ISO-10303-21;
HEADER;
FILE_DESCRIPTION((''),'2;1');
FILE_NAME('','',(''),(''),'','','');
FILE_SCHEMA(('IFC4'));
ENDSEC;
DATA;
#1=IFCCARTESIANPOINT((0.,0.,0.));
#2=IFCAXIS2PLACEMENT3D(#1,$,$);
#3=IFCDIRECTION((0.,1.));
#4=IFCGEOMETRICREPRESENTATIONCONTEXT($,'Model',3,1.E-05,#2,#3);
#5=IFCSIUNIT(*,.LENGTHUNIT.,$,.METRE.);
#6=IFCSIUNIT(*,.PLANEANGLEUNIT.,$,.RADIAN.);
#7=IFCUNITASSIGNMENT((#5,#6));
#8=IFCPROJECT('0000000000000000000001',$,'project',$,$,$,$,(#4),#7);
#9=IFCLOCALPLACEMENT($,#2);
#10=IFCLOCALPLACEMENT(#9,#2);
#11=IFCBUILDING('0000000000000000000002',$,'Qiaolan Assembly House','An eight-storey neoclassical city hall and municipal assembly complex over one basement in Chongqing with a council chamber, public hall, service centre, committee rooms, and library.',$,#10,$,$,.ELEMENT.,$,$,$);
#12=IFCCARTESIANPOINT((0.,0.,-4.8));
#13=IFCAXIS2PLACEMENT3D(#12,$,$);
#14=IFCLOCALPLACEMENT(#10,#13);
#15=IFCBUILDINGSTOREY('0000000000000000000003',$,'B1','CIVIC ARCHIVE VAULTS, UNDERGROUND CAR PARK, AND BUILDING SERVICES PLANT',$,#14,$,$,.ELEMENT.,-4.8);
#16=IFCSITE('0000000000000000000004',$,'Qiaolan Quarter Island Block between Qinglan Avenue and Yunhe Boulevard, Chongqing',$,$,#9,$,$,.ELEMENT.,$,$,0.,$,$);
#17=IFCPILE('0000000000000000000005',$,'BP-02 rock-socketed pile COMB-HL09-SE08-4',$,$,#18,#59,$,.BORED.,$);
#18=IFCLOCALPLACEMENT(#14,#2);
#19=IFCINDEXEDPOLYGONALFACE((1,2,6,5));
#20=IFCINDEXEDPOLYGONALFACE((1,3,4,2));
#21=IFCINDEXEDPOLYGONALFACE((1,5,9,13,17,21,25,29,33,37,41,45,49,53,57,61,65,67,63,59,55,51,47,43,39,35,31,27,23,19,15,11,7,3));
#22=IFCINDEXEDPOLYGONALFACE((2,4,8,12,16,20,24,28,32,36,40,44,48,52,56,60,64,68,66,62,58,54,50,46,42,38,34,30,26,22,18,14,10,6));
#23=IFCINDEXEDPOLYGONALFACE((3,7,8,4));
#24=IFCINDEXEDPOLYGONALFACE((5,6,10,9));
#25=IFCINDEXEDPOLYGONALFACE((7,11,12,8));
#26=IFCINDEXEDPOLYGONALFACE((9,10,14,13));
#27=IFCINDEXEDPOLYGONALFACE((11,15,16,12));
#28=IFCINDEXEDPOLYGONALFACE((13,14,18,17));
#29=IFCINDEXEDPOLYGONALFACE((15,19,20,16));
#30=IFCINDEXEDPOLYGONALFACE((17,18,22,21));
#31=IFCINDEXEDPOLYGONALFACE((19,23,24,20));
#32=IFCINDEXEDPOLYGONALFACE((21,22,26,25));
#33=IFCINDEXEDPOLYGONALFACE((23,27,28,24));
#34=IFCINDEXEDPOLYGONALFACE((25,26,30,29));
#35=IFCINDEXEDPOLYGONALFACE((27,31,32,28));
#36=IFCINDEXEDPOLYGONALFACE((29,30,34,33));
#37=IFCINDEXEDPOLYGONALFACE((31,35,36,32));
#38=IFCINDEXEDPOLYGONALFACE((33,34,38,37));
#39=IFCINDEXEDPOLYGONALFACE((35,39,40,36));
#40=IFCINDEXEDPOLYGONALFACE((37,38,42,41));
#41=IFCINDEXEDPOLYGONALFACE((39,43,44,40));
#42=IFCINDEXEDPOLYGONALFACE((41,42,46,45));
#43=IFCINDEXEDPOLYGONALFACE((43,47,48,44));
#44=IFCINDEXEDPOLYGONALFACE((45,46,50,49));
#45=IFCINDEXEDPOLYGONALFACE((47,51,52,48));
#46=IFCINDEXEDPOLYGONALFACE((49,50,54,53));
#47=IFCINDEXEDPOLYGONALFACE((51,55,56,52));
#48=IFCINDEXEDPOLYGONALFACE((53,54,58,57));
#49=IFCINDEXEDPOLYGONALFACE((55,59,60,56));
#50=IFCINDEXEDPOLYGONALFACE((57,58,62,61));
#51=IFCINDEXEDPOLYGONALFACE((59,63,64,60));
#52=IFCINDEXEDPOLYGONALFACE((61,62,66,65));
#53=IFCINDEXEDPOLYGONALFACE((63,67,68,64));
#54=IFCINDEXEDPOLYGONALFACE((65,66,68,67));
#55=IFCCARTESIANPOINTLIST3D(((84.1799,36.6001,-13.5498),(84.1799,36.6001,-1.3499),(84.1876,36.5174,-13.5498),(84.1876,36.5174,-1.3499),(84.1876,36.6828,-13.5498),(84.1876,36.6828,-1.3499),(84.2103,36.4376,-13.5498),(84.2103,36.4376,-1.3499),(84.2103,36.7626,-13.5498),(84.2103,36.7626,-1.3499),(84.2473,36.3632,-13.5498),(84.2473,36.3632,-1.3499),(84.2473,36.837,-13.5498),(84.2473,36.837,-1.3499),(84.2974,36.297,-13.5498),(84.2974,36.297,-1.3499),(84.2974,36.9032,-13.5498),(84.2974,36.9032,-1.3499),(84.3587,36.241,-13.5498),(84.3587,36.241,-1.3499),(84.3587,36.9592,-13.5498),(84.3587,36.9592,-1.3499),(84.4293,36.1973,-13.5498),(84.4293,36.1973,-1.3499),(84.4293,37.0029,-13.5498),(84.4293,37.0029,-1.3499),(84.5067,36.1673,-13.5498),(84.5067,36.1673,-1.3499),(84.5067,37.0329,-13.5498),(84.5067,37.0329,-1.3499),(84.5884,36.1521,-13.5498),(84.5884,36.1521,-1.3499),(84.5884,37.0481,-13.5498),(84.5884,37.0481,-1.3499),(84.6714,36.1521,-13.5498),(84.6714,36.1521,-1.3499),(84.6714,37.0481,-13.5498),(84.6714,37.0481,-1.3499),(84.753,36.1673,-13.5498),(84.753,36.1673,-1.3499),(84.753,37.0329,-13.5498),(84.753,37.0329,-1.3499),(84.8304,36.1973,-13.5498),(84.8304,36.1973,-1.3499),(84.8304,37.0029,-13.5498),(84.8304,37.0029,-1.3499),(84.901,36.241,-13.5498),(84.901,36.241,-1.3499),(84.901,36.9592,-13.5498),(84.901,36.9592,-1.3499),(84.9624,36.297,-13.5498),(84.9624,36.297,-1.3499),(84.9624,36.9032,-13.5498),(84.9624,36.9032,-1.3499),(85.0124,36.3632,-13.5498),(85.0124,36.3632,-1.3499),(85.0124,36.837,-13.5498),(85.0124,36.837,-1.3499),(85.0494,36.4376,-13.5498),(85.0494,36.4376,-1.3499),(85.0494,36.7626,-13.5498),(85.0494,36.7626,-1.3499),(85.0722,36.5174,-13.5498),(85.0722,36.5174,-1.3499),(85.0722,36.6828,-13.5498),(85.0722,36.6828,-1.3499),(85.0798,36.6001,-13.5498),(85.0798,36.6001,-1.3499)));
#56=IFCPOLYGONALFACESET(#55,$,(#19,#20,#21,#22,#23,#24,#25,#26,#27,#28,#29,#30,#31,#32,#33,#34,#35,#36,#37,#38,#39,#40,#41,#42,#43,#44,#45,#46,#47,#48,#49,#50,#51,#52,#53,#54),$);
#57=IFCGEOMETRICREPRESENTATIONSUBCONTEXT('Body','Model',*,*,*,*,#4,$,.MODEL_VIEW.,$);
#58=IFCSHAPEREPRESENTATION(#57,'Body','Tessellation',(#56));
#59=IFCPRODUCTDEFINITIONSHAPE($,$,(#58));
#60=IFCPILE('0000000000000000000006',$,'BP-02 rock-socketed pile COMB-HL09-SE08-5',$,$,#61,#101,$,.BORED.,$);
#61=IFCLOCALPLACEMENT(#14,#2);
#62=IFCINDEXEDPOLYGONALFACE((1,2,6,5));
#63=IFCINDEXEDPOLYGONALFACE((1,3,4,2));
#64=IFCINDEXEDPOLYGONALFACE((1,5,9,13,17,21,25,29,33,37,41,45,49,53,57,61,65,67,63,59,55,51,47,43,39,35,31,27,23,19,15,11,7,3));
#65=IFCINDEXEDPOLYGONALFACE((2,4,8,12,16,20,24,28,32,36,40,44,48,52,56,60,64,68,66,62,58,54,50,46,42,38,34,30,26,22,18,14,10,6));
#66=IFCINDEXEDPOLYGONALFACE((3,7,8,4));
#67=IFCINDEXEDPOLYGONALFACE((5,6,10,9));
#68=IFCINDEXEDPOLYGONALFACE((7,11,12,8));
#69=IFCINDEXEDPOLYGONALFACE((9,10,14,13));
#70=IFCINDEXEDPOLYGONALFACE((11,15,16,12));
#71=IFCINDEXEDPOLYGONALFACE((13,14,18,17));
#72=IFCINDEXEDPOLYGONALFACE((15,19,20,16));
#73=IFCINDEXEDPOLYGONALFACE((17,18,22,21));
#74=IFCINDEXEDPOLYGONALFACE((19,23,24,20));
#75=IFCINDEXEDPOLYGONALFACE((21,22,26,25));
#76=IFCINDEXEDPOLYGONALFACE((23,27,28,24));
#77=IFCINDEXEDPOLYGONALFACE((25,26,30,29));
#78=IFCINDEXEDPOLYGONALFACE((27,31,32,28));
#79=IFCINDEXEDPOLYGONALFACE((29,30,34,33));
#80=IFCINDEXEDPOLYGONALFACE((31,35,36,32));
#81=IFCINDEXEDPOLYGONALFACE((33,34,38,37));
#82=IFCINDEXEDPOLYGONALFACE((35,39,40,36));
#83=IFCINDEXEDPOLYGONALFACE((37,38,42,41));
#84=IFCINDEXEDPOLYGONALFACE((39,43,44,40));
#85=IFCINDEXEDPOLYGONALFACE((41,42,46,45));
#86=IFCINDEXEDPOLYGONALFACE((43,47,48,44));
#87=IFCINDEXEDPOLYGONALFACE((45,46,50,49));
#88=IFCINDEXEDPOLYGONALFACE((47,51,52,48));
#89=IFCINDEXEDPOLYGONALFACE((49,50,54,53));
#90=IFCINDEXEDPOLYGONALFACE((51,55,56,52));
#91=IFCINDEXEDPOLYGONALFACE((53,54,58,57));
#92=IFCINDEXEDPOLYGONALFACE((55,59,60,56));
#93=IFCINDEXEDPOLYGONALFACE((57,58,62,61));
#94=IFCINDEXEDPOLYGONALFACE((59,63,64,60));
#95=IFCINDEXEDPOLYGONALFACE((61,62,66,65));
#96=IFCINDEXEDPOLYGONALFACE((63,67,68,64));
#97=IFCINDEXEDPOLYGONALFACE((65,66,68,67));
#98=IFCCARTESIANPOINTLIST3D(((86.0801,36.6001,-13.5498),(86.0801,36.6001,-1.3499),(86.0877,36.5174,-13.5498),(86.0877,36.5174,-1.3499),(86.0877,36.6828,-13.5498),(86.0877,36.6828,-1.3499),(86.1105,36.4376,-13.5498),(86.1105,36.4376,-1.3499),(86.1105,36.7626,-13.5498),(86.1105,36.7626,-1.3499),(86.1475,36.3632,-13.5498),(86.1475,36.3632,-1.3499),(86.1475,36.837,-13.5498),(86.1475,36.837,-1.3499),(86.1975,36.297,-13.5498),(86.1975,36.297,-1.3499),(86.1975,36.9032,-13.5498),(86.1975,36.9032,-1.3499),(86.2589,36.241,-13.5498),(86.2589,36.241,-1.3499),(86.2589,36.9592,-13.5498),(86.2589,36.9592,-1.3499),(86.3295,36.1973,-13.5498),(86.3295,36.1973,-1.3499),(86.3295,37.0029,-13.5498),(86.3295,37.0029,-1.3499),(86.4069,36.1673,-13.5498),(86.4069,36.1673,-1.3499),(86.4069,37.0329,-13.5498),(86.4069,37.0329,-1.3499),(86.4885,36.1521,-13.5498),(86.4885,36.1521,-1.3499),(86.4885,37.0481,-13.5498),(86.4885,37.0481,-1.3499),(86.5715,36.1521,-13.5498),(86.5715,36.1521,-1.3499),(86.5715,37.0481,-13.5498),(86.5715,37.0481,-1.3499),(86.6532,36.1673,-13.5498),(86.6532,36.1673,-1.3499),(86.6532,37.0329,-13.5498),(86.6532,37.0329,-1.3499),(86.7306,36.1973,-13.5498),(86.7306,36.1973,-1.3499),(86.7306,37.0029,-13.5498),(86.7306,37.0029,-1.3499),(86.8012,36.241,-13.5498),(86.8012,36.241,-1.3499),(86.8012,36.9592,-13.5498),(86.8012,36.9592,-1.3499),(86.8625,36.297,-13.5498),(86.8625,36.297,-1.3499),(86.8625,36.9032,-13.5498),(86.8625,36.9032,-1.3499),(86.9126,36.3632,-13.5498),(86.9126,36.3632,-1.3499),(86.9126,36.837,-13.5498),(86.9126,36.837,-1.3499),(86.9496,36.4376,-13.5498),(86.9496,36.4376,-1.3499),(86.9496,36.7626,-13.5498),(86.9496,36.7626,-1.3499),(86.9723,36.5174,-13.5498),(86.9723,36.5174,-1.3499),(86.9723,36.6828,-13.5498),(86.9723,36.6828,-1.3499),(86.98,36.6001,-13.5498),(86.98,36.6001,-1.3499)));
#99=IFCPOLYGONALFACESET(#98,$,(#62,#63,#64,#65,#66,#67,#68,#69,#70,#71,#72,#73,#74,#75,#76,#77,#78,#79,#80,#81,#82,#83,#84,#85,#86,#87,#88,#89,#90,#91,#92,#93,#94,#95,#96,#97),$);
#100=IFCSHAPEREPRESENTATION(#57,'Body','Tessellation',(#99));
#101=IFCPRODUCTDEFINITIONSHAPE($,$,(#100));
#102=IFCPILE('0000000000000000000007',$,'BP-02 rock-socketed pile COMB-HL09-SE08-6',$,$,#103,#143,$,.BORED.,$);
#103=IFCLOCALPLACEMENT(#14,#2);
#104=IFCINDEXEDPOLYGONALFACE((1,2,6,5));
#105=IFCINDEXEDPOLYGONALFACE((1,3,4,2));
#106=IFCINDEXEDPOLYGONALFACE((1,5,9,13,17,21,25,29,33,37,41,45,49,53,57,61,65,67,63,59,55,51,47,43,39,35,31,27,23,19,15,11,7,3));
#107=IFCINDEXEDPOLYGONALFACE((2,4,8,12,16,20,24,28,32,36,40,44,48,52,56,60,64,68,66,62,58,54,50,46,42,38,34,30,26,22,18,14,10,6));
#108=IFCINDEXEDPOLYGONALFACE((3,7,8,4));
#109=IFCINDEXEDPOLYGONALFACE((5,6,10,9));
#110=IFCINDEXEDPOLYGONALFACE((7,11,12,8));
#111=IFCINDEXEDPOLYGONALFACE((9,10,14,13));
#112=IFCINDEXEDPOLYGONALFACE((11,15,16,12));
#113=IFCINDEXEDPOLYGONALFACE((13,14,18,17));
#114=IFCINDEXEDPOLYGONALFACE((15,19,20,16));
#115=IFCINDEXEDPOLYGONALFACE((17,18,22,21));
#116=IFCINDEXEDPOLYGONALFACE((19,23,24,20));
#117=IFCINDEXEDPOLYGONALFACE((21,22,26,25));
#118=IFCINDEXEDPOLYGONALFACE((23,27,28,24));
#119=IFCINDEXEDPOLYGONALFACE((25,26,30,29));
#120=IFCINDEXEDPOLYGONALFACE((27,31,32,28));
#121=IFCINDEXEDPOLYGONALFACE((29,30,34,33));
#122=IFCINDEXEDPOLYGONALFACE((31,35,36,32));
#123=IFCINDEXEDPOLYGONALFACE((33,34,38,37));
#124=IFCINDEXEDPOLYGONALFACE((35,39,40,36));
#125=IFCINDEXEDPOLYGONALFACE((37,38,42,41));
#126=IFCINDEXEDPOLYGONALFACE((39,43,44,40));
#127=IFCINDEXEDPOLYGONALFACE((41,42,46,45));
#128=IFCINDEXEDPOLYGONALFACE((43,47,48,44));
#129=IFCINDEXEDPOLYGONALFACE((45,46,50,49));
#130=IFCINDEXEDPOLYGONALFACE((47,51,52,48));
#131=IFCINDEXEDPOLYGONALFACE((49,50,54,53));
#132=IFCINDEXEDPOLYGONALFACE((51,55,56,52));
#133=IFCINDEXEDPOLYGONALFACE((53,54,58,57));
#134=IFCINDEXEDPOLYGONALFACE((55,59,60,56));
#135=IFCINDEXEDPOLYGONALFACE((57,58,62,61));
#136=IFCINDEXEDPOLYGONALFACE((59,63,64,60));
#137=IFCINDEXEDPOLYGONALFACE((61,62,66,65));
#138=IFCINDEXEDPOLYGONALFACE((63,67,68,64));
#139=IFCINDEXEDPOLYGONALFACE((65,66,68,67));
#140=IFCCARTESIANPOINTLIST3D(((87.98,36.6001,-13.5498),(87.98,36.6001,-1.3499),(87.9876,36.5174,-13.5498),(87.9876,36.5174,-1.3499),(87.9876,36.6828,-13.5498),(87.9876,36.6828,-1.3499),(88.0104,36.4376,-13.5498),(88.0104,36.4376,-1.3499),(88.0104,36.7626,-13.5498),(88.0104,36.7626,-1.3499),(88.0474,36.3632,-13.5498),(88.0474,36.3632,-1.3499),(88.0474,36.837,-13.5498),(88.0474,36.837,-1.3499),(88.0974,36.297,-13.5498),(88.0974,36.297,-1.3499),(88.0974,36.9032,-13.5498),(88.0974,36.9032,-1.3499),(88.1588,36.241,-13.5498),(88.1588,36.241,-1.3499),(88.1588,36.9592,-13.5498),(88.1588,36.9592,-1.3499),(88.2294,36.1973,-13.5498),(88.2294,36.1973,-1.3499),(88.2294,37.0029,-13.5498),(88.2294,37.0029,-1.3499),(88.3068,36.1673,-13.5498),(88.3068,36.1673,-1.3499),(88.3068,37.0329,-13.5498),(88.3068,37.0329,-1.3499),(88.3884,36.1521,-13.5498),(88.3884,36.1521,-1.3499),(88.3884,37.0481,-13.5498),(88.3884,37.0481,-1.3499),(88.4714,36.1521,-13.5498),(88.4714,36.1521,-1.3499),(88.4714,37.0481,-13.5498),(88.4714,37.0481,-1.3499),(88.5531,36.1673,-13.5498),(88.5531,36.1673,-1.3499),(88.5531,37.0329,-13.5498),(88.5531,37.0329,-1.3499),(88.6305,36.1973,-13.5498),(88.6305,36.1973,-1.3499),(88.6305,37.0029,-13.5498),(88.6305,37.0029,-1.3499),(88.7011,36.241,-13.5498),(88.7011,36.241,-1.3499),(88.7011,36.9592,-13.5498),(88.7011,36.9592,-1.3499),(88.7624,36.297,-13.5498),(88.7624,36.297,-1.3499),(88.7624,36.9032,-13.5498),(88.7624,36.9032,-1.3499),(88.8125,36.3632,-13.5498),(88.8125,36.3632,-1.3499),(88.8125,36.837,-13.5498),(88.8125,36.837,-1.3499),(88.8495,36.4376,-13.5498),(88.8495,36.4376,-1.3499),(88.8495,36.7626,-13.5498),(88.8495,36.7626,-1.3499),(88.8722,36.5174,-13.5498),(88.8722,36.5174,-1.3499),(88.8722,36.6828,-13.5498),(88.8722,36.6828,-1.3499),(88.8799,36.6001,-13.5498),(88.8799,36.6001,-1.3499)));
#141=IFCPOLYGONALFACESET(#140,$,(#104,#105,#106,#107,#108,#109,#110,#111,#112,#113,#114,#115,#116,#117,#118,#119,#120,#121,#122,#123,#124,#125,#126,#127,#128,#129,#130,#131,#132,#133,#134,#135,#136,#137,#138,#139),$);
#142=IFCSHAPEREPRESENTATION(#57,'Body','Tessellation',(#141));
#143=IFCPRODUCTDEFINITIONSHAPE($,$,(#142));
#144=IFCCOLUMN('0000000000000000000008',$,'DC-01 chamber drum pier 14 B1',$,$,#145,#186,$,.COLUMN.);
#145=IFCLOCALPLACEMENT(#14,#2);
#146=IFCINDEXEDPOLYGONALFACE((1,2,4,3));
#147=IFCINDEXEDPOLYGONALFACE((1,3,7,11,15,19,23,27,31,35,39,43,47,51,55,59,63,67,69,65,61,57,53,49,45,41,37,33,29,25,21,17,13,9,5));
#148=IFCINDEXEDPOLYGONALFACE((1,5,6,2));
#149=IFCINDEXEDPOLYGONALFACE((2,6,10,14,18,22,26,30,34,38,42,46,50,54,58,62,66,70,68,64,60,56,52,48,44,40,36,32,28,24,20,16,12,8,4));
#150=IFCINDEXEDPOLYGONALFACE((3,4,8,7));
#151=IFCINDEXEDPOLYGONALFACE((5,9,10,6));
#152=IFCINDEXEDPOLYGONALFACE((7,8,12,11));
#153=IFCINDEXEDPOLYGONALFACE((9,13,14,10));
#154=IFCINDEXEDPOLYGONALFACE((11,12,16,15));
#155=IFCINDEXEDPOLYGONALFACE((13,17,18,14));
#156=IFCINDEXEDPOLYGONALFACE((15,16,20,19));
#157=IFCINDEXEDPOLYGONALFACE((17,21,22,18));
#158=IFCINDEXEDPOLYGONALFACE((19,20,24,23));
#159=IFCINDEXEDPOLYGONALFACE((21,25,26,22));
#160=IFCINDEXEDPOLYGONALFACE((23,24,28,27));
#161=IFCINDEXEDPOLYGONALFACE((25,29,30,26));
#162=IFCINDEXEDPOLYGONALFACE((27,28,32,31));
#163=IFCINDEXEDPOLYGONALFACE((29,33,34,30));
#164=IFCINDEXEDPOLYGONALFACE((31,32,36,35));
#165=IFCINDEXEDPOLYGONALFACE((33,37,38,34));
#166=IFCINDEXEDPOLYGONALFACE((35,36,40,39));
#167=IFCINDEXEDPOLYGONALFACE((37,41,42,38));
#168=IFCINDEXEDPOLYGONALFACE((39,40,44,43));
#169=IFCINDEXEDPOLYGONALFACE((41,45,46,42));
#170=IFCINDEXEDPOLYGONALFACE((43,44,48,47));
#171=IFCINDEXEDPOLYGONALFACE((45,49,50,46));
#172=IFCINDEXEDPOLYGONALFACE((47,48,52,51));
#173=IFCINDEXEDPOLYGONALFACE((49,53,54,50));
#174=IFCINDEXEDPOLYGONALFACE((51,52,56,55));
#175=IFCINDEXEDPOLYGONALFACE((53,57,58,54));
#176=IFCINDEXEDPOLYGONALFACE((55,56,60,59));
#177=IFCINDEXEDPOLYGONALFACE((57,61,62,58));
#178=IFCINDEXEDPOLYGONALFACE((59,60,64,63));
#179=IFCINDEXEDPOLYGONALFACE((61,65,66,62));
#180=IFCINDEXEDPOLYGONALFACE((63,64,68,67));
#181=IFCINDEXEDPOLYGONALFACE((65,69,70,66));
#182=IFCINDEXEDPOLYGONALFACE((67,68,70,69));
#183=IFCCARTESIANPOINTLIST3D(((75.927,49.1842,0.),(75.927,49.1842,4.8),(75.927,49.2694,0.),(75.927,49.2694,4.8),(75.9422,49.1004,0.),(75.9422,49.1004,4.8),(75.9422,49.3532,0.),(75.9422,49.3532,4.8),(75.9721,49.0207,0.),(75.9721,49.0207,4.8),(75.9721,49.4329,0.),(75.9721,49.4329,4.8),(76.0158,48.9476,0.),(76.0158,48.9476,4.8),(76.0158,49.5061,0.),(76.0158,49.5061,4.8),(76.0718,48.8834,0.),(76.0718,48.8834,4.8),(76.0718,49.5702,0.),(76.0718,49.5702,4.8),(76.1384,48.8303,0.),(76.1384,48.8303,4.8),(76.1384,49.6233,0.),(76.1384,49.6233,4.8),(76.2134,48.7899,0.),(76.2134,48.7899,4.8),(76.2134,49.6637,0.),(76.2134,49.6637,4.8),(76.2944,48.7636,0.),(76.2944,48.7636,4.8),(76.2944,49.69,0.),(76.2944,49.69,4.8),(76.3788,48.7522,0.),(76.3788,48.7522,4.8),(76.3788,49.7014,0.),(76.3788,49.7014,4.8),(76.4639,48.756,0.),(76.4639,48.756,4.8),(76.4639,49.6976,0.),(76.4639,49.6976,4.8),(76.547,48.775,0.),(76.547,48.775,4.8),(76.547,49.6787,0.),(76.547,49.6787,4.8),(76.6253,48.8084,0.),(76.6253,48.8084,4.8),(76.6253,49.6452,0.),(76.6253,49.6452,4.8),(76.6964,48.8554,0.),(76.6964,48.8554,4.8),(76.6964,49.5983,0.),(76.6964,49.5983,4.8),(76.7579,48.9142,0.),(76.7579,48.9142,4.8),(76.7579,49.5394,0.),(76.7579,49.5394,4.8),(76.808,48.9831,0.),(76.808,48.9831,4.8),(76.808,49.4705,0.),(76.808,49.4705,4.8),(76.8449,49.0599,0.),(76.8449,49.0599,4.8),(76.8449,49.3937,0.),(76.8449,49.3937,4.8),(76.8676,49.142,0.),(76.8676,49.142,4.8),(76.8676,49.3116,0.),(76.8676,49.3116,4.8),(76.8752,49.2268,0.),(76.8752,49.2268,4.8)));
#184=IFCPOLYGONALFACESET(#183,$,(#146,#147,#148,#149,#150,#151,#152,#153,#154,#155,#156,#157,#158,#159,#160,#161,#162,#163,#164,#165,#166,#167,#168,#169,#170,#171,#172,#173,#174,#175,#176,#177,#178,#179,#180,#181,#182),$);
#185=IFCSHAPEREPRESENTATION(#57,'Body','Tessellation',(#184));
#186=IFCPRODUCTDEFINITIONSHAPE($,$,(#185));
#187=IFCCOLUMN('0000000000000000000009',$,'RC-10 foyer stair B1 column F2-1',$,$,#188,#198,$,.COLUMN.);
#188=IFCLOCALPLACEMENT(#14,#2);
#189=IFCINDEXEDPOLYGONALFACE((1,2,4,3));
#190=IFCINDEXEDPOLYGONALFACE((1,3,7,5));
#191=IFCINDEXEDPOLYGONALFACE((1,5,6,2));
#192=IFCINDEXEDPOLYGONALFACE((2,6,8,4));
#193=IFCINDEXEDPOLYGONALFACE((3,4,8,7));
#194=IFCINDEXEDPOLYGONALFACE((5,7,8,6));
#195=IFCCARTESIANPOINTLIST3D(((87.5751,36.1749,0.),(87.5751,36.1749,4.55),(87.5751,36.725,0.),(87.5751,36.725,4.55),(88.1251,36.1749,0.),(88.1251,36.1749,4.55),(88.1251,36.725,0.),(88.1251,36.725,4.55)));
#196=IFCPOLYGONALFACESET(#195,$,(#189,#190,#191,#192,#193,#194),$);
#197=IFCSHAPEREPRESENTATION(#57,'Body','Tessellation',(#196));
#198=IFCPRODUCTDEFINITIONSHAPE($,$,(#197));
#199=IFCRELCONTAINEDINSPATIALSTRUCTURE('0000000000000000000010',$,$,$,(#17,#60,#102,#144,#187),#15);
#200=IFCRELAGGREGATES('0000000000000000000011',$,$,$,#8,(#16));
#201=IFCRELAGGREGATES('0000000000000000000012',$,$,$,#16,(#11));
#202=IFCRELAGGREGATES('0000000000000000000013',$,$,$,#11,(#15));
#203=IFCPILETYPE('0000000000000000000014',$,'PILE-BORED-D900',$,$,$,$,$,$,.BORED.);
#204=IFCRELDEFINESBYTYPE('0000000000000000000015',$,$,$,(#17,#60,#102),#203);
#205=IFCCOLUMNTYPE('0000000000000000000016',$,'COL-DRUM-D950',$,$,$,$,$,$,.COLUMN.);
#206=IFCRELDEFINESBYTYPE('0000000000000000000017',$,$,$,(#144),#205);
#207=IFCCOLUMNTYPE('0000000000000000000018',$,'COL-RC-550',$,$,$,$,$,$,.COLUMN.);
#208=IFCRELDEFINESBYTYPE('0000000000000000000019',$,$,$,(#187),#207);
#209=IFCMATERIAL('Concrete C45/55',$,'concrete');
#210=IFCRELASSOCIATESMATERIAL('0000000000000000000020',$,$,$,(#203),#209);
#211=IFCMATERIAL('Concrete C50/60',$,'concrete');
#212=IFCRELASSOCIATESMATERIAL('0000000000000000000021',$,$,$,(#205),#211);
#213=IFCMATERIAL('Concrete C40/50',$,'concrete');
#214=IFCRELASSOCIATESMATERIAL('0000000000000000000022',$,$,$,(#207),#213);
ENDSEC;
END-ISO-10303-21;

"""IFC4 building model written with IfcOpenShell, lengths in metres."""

from ifc_helpers import new_model, si_unit, direction, frame, origin, origin_2d, place, context, subcontext, project, spatial, rectangle, circle, extrude, material, material_profile, profile_set, type_object, element, save


model = new_model("IFC4")

# Units and contexts
model_context = context("Model", 3, precision=1e-05, world=origin(), true_north=direction((0.0, 1.0)))
body_context = subcontext(model_context, "Body", "Model", "MODEL_VIEW")
ifc_project = project(units=[si_unit("LENGTHUNIT", "METRE"), si_unit("PLANEANGLEUNIT", "RADIAN")], contexts=[model_context])

# Site, building, storey
site_placement = place(None, origin())
site = spatial("IfcSite", under=ifc_project, at=site_placement, Name="Qiaolan Quarter Island Block between Qinglan Avenue and Yunhe Boulevard, Chongqing", CompositionType="ELEMENT", RefElevation=0.0)
building_placement = place(site_placement, origin())
building = spatial("IfcBuilding", under=site, at=building_placement, Name="Qiaolan Assembly House", Description="An eight-storey neoclassical city hall and municipal assembly complex over one basement in Chongqing with a council chamber, public hall, service centre, committee rooms, and library.", CompositionType="ELEMENT")
storey_placement = place(building_placement, frame((0.0, 0.0, -4.8)))
storey = spatial("IfcBuildingStorey", under=building, at=storey_placement, Name="B1", Description="CIVIC ARCHIVE VAULTS, UNDERGROUND CAR PARK, AND BUILDING SERVICES PLANT", CompositionType="ELEMENT", Elevation=-4.8)

# Shared definitions
ifc_material_1 = material(Name="Concrete C40/50", Category="concrete")

# Piles
ifc_material_2 = material(Name="Concrete C45/55", Category="concrete")
ifc_material_profile_1 = material_profile(ifc_material_2, circle(Radius=0.45, at=origin_2d()), Name="PILE D900")
ifc_profile_set_1 = profile_set([ifc_material_profile_1], Name="Concrete C45/55")
pile_type_1 = type_object("IfcPileType", Name="PILE-BORED-D900", PredefinedType="BORED", material=ifc_profile_set_1)
for number, where, z_axis, x_axis, name in (
    (1, (84.6299, 36.6001, -1.3499), (0.0, 0.0, -1.0), (1.0, 0.0, 0.0), "BP-02 rock-socketed pile COMB-HL09-SE08-4"),
    (2, (86.53, 36.6001, -1.3499), (0.0, 0.0, -1.0), (1.0, 0.0, 0.0), "BP-02 rock-socketed pile COMB-HL09-SE08-5"),
    (3, (88.4299, 36.6001, -1.3499), (0.0, 0.0, -1.0), (1.0, 0.0, 0.0), "BP-02 rock-socketed pile COMB-HL09-SE08-6"),
):
    element("IfcPile", number, at=place(storey_placement, frame(where, z_axis=z_axis, x_axis=x_axis)), inside=storey, type_object=pile_type_1, Name=name, PredefinedType="BORED", context=body_context, shape_type="SweptSolid", body=[
        extrude(circle(Radius=0.45, at=origin_2d()), origin(), (0.0, 0.0, 1.0), 12.2),
    ])

# Columns
ifc_material_3 = material(Name="Concrete C50/60", Category="concrete")
ifc_material_profile_2 = material_profile(ifc_material_3, circle(Radius=0.4751, at=origin_2d()), Name="CIRC D950")
ifc_profile_set_2 = profile_set([ifc_material_profile_2], Name="Concrete C50/60")
column_type_1 = type_object("IfcColumnType", Name="COL-DRUM-D950", PredefinedType="COLUMN", material=ifc_profile_set_2)
column_placement = place(storey_placement, frame((76.4001, 49.2268, 0.0), z_axis=(0.0, 0.0, 1.0), x_axis=(1.0, 0.0, 0.0)))
element("IfcColumn", 4, at=column_placement, inside=storey, type_object=column_type_1, Name="DC-01 chamber drum pier 14 B1", PredefinedType="COLUMN", context=body_context, shape_type="SweptSolid", body=[
    extrude(circle(Radius=0.4751, at=origin_2d()), origin(), (0.0, 0.0, 1.0), 4.8),
])
ifc_material_profile_3 = material_profile(ifc_material_1, rectangle(XDim=0.55, YDim=0.55, at=origin_2d()), Name="RC 550x550")
ifc_profile_set_3 = profile_set([ifc_material_profile_3], Name="Concrete C40/50")
column_type_2 = type_object("IfcColumnType", Name="COL-RC-550", PredefinedType="COLUMN", material=ifc_profile_set_3)
for number, where, z_axis, x_axis, name in (
    (5, (87.8501, 36.45, 0.0), (0.0, 0.0, 1.0), (1.0, 0.0, 0.0), "RC-10 foyer stair B1 column F2-1"),
):
    element("IfcColumn", number, at=place(storey_placement, frame(where, z_axis=z_axis, x_axis=x_axis)), inside=storey, type_object=column_type_2, Name=name, PredefinedType="COLUMN", context=body_context, shape_type="SweptSolid", body=[
        extrude(rectangle(XDim=0.55, YDim=0.55, at=origin_2d()), origin(), (0.0, 0.0, 1.0), 4.55),
    ])

save(model, "model.ifc")
